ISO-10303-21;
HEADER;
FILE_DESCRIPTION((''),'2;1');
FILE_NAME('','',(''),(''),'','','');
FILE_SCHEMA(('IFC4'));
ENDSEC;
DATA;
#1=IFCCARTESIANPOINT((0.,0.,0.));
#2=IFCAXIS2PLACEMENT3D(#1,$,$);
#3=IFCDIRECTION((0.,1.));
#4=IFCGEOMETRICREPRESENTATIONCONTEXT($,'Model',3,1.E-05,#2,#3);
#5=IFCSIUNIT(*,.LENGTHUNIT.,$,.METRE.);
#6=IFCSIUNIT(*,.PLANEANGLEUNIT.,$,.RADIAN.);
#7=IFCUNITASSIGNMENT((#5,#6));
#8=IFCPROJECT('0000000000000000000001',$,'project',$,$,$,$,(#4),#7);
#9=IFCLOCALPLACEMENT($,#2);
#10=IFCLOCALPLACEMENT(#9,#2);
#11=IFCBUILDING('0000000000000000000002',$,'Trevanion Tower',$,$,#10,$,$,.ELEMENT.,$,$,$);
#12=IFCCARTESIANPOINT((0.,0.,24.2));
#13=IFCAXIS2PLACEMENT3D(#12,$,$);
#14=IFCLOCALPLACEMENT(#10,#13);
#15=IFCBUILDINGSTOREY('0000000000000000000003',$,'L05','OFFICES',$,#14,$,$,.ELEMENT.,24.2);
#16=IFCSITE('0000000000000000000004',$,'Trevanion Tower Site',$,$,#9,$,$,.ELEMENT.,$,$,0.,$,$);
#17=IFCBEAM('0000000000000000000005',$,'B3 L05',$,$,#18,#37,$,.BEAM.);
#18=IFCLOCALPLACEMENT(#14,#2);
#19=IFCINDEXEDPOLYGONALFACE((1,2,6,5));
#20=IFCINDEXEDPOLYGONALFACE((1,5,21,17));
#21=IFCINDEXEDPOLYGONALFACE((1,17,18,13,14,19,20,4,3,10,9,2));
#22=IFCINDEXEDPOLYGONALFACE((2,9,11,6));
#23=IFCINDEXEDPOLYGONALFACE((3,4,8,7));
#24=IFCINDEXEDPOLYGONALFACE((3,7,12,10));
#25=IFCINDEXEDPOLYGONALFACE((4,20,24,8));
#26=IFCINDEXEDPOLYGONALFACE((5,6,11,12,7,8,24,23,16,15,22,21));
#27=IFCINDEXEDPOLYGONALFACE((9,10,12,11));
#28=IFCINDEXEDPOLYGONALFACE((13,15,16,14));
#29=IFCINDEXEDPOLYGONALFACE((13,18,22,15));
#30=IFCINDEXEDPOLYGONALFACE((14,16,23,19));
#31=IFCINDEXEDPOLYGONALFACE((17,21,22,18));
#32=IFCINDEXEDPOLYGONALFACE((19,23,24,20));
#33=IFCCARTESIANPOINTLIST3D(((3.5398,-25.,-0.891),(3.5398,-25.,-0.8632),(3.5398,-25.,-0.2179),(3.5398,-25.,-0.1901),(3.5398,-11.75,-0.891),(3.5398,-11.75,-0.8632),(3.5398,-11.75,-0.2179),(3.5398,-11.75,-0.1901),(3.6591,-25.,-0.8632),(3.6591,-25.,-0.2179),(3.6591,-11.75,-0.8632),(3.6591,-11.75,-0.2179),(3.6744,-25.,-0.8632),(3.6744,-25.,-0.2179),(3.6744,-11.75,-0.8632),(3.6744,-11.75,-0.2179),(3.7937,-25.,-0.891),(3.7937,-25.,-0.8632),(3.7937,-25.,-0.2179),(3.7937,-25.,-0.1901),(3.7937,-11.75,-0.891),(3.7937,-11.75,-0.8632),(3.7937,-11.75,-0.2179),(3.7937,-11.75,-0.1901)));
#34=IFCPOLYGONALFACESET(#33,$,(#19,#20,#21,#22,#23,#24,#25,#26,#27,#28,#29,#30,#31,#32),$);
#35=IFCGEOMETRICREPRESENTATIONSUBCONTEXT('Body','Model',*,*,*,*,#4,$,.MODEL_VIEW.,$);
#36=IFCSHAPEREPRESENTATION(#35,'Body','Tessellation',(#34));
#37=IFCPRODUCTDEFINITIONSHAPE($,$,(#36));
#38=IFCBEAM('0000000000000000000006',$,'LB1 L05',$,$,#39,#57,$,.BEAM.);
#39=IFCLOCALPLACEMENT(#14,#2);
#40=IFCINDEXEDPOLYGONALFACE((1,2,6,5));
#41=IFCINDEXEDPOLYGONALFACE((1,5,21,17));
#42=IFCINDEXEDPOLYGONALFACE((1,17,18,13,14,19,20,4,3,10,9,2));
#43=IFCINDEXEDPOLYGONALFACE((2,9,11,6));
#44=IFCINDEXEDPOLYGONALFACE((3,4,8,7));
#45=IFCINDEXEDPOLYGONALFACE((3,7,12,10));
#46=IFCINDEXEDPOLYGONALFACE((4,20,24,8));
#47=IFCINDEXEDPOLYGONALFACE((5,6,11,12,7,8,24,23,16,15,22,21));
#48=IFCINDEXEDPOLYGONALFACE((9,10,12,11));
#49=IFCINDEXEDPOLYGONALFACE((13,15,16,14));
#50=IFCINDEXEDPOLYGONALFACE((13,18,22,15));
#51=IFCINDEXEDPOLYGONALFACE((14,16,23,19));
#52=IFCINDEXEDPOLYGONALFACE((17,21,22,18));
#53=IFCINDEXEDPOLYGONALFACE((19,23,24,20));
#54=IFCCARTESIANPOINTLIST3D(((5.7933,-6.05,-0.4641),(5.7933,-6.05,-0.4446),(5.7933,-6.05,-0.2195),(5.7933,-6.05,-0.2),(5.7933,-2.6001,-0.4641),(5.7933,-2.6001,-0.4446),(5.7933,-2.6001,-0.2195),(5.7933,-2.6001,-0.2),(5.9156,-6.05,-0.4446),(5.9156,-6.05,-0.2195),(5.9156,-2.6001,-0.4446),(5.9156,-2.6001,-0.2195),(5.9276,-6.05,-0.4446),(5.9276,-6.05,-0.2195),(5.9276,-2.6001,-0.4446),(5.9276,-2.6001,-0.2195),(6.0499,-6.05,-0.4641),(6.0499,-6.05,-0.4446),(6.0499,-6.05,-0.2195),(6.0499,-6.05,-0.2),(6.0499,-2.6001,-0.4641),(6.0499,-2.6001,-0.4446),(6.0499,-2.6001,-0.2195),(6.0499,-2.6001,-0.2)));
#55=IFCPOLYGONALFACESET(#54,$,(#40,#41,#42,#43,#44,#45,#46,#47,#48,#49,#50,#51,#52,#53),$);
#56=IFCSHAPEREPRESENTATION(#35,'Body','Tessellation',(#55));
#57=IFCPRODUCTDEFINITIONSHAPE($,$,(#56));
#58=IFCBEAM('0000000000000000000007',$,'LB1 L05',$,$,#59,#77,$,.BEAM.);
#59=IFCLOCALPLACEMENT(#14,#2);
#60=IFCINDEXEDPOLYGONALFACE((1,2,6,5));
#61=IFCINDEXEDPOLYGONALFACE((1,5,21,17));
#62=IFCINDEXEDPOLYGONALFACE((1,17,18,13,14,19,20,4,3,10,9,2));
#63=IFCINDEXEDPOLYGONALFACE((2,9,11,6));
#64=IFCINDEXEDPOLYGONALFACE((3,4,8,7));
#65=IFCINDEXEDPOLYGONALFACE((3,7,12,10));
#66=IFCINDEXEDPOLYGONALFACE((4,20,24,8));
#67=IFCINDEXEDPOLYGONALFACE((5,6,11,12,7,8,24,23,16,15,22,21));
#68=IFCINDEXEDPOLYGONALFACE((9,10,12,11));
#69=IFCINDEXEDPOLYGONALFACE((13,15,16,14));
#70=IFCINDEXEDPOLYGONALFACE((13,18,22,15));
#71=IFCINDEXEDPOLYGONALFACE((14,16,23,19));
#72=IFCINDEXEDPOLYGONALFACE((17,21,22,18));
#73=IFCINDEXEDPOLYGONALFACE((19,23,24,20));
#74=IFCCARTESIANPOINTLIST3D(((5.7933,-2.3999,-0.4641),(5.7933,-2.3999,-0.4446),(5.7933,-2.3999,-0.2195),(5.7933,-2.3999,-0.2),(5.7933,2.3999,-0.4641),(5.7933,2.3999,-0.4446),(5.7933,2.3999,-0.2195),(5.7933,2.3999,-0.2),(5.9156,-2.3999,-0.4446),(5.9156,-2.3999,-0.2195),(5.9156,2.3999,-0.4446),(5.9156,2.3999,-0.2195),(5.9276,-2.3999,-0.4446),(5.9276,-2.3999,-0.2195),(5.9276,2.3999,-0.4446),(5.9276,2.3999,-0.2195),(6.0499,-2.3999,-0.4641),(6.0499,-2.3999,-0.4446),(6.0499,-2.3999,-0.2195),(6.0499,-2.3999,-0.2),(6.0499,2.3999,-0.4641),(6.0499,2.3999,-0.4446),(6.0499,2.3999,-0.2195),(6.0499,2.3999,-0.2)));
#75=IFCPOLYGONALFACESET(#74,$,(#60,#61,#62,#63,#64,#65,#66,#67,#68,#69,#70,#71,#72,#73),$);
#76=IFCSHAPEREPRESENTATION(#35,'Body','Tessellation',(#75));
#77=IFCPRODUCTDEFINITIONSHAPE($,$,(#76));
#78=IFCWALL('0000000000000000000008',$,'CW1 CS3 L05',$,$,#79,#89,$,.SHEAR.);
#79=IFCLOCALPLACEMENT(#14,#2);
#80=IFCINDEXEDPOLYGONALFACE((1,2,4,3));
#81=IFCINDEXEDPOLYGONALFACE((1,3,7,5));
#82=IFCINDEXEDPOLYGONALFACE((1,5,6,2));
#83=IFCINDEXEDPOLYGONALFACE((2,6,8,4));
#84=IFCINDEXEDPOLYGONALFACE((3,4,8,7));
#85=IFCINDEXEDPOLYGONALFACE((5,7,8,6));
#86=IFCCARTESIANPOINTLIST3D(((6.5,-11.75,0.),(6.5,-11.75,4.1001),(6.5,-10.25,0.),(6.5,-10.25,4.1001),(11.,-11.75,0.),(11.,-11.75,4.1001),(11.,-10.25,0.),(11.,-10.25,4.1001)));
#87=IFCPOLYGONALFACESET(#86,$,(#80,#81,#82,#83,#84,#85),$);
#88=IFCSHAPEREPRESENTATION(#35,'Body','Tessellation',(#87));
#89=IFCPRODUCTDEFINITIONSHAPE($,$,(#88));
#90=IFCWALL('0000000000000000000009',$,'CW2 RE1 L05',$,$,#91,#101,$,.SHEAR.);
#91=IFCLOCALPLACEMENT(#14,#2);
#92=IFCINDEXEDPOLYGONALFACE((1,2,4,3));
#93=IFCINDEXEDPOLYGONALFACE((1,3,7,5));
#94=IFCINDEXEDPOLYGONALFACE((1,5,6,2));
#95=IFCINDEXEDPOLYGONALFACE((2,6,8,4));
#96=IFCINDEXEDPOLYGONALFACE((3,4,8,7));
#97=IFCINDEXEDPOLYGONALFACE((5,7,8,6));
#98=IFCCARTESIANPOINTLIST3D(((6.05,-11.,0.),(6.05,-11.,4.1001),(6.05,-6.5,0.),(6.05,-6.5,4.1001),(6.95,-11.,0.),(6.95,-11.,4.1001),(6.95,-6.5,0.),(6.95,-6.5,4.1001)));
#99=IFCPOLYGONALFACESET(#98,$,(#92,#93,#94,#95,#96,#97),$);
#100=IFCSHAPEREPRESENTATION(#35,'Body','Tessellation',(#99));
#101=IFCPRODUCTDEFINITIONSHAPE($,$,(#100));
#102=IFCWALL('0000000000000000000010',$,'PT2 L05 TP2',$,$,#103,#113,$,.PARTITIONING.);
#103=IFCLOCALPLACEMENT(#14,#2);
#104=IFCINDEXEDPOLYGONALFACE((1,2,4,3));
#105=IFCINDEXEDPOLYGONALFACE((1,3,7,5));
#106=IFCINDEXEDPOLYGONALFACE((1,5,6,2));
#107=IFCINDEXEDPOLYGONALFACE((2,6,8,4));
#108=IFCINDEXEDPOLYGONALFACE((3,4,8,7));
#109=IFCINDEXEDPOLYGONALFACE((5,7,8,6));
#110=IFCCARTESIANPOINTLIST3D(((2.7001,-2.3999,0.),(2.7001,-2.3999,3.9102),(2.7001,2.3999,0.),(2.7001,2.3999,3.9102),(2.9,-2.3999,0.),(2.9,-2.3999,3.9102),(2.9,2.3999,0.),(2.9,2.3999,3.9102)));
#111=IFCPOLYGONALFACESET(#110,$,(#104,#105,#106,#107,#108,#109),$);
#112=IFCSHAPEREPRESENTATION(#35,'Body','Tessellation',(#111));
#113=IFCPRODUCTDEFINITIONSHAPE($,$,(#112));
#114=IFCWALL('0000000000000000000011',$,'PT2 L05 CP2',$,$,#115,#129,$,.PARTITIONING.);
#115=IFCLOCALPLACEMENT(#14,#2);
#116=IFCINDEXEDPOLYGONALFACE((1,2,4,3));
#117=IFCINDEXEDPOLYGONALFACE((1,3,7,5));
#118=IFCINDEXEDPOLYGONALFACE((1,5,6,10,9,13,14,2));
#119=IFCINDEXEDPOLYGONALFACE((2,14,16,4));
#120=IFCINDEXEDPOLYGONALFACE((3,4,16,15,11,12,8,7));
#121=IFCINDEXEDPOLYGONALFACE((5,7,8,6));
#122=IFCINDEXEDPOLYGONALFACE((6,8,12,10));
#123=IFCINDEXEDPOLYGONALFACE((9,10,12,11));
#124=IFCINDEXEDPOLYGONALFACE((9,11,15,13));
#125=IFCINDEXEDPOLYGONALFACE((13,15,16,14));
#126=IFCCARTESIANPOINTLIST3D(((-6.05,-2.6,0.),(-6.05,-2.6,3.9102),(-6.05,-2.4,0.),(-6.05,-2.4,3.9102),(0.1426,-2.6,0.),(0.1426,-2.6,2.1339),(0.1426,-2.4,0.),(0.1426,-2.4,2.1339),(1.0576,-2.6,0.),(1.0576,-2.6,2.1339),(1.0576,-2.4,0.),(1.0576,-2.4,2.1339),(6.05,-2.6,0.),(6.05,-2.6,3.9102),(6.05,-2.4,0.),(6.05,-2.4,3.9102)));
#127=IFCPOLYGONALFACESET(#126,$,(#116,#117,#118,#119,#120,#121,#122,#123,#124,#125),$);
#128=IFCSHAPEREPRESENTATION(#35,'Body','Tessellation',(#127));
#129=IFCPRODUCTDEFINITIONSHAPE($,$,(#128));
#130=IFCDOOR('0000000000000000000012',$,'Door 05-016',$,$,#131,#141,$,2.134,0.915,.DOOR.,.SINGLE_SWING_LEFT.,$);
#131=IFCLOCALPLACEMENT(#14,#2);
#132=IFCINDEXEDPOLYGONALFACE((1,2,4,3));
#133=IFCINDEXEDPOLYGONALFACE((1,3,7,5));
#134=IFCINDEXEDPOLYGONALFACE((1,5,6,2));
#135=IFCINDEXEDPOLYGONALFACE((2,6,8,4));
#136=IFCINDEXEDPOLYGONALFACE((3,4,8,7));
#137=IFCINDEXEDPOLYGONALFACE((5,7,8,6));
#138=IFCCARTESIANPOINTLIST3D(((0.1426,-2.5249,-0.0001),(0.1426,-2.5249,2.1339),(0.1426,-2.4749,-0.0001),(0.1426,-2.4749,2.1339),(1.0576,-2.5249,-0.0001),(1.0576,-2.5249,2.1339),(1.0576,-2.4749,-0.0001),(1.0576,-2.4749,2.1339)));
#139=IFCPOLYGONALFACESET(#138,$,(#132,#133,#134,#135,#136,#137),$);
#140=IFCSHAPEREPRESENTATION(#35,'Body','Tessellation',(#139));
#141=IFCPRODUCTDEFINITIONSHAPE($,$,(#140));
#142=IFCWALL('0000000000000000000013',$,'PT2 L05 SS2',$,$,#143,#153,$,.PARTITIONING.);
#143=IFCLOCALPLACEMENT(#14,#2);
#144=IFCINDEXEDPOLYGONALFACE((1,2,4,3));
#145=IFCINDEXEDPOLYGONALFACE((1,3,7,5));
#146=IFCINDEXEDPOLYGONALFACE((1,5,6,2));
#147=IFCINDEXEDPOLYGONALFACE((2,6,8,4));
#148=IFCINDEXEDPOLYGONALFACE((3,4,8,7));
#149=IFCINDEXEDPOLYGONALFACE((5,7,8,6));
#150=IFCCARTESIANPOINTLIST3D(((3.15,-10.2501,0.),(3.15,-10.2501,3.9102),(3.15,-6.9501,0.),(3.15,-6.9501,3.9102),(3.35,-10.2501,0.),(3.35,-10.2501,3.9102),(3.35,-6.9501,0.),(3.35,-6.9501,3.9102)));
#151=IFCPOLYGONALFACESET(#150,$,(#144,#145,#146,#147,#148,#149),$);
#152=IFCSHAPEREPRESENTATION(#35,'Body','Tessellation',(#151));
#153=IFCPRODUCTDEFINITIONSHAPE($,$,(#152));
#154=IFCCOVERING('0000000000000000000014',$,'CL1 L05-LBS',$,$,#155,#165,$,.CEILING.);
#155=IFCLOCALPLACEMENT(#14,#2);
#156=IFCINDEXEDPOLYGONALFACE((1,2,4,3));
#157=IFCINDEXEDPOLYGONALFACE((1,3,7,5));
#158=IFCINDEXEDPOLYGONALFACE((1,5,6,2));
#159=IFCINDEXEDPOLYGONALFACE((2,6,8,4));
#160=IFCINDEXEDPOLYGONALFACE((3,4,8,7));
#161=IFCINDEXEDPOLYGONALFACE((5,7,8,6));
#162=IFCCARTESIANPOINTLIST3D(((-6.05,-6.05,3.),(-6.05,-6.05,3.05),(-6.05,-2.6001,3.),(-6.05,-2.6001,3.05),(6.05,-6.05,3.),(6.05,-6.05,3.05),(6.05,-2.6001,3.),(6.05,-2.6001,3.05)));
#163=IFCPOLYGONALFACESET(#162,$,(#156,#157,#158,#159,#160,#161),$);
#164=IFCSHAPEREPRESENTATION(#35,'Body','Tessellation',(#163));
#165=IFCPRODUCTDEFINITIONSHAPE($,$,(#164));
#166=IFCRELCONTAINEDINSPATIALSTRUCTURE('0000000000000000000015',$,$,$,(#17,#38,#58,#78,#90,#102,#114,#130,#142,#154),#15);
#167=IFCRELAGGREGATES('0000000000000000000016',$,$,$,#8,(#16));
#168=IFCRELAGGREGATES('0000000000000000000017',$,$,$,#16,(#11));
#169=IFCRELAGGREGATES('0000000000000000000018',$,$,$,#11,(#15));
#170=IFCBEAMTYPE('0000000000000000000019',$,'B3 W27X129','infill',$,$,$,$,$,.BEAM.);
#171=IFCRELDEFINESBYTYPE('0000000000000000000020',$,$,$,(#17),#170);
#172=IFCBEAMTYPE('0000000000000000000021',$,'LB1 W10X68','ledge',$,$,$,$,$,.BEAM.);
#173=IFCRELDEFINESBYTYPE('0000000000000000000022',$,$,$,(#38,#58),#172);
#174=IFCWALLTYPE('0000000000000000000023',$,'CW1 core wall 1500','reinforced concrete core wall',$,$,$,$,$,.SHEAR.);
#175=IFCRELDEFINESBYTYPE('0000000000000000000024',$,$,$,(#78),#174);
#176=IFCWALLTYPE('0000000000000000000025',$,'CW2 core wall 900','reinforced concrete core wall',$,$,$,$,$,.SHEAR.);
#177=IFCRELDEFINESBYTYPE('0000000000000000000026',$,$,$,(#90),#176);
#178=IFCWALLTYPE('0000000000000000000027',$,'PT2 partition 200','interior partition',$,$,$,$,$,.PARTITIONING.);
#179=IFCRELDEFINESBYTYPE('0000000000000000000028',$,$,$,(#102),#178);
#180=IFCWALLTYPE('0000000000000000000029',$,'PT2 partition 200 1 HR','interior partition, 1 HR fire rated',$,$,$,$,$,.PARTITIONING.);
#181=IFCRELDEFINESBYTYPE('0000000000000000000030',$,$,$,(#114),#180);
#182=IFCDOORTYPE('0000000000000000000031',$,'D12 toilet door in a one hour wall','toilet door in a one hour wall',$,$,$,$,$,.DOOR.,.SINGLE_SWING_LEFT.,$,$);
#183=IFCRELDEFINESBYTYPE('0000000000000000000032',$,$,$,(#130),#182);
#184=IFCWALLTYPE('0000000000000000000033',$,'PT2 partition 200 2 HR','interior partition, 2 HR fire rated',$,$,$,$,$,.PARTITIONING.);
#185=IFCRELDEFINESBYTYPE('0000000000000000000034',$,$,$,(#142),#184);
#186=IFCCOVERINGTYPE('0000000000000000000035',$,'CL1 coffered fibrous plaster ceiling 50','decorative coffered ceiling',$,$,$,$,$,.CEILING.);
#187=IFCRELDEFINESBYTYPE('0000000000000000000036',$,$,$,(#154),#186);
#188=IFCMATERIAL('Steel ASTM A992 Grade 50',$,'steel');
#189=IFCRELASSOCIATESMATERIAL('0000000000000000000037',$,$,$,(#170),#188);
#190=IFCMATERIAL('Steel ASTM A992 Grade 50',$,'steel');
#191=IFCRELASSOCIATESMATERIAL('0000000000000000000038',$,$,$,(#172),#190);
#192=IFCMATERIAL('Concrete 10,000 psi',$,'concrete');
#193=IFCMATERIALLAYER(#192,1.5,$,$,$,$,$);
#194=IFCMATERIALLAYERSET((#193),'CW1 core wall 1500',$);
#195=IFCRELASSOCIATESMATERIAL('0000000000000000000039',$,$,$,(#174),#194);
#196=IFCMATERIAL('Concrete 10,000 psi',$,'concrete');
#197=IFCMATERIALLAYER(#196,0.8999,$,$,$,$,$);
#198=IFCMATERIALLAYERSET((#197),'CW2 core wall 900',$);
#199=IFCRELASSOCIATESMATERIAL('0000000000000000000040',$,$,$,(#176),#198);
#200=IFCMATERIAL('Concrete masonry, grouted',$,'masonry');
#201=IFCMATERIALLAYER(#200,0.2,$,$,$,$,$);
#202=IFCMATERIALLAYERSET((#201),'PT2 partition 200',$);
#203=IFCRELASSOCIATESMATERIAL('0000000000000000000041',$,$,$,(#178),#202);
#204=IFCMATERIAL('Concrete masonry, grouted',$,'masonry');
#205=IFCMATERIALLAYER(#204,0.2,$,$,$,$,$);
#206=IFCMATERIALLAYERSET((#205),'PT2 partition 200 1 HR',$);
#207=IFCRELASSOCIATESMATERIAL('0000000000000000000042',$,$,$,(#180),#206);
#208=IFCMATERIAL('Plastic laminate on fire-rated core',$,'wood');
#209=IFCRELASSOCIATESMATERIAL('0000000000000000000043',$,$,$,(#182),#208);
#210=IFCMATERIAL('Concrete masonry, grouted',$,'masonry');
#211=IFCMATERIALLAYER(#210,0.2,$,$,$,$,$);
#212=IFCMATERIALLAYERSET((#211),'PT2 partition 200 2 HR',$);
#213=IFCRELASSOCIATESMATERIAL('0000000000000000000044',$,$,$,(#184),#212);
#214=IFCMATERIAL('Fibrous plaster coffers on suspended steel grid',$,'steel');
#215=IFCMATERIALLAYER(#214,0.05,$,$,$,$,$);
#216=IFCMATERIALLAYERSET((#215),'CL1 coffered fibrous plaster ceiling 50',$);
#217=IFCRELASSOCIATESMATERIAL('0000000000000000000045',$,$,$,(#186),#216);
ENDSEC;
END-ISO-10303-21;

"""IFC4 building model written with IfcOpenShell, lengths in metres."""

from ifc_helpers import new_model, si_unit, direction, frame, frame_2d, origin, origin_2d, place, context, subcontext, project, spatial, polyline, rectangle, i_section, outline, extrude, material, layer, layer_set, material_profile, profile_set, type_object, element, fill, save


model = new_model("IFC4")

# Units and contexts
model_context = context("Model", 3, precision=1e-05, world=origin(), true_north=direction((0.0, 1.0)))
body_context = subcontext(model_context, "Body", "Model", "MODEL_VIEW")
ifc_project = project(units=[si_unit("LENGTHUNIT", "METRE"), si_unit("PLANEANGLEUNIT", "RADIAN")], contexts=[model_context])

# Site, building, storey
site_placement = place(None, origin())
site = spatial("IfcSite", under=ifc_project, at=site_placement, Name="Trevanion Tower Site", CompositionType="ELEMENT", RefElevation=0.0)
building_placement = place(site_placement, origin())
building = spatial("IfcBuilding", under=site, at=building_placement, Name="Trevanion Tower", CompositionType="ELEMENT")
storey_placement = place(building_placement, frame((0.0, 0.0, 24.2)))
storey = spatial("IfcBuildingStorey", under=building, at=storey_placement, Name="L05", Description="OFFICES", CompositionType="ELEMENT", Elevation=24.2)

# Beams
ifc_material_1 = material(Name="Steel ASTM A992 Grade 50", Category="steel")
ifc_material_profile_1 = material_profile(ifc_material_1, i_section(OverallWidth=0.2539, OverallDepth=0.7009, WebThickness=0.0154, FlangeThickness=0.0278, at=origin_2d()), Name="W27X129")
ifc_profile_set_1 = profile_set([ifc_material_profile_1], Name="Steel ASTM A992 Grade 50")
beam_type_1 = type_object("IfcBeamType", Name="B3 W27X129", Description="infill", PredefinedType="BEAM", material=ifc_profile_set_1)
beam_1_placement = place(storey_placement, frame((3.6667, -11.75, -0.5405), z_axis=(0.0, -1.0, 0.0), x_axis=(1.0, 0.0, 0.0)))
element("IfcBeam", 1, at=beam_1_placement, inside=storey, type_object=beam_type_1, Name="B3 L05", PredefinedType="BEAM", context=body_context, shape_type="SweptSolid", body=[
    extrude(i_section(OverallWidth=0.2539, OverallDepth=0.7009, WebThickness=0.0154, FlangeThickness=0.0278, at=origin_2d()), origin(), (0.0, 0.0, 1.0), 13.25),
])
ifc_material_2 = material(Name="Steel ASTM A992 Grade 50", Category="steel")
ifc_material_profile_2 = material_profile(ifc_material_2, i_section(OverallWidth=0.2566, OverallDepth=0.2642, WebThickness=0.012, FlangeThickness=0.0195, at=origin_2d()), Name="W10X68")
ifc_profile_set_2 = profile_set([ifc_material_profile_2], Name="Steel ASTM A992 Grade 50")
beam_type_2 = type_object("IfcBeamType", Name="LB1 W10X68", Description="ledge", PredefinedType="BEAM", material=ifc_profile_set_2)
beam_2_placement = place(storey_placement, frame((5.9216, -6.05, -0.332), z_axis=(0.0, 1.0, 0.0), x_axis=(-1.0, 0.0, 0.0)))
element("IfcBeam", 2, at=beam_2_placement, inside=storey, type_object=beam_type_2, Name="LB1 L05", PredefinedType="BEAM", context=body_context, shape_type="SweptSolid", body=[
    extrude(i_section(OverallWidth=0.2566, OverallDepth=0.2642, WebThickness=0.012, FlangeThickness=0.0195, at=origin_2d()), origin(), (0.0, 0.0, 1.0), 3.45),
])
beam_3_placement = place(storey_placement, frame((5.9216, -2.3999, -0.332), z_axis=(0.0, 1.0, 0.0), x_axis=(-1.0, 0.0, 0.0)))
element("IfcBeam", 3, at=beam_3_placement, inside=storey, type_object=beam_type_2, Name="LB1 L05", PredefinedType="BEAM", context=body_context, shape_type="SweptSolid", body=[
    extrude(i_section(OverallWidth=0.2566, OverallDepth=0.2642, WebThickness=0.012, FlangeThickness=0.0195, at=origin_2d()), origin(), (0.0, 0.0, 1.0), 4.7998),
])

# Walls
ifc_material_3 = material(Name="Concrete 10,000 psi", Category="concrete")
ifc_layer_1 = layer(ifc_material_3, 1.5)
ifc_layer_set_1 = layer_set([ifc_layer_1], Name="CW1 core wall 1500")
wall_type_1 = type_object("IfcWallType", Name="CW1 core wall 1500", Description="reinforced concrete core wall", PredefinedType="SHEAR", material=ifc_layer_set_1)
wall_1_placement = place(storey_placement, frame((6.5, -11.0, 0.0), z_axis=(0.0, 0.0, 1.0), x_axis=(1.0, 0.0, 0.0)))
element("IfcWall", 4, at=wall_1_placement, inside=storey, type_object=wall_type_1, Name="CW1 CS3 L05", PredefinedType="SHEAR", context=body_context, shape_type="SweptSolid", body=[
    extrude(rectangle(XDim=4.5, YDim=1.5, at=frame_2d((2.25, 0.0))), origin(), (0.0, 0.0, 1.0), 4.1001),
])
ifc_material_4 = material(Name="Concrete 10,000 psi", Category="concrete")
ifc_layer_2 = layer(ifc_material_4, 0.8999)
ifc_layer_set_2 = layer_set([ifc_layer_2], Name="CW2 core wall 900")
wall_type_2 = type_object("IfcWallType", Name="CW2 core wall 900", Description="reinforced concrete core wall", PredefinedType="SHEAR", material=ifc_layer_set_2)
wall_2_placement = place(storey_placement, frame((6.5, -11.0, 0.0), z_axis=(0.0, 0.0, 1.0), x_axis=(0.0, 1.0, 0.0)))
element("IfcWall", 5, at=wall_2_placement, inside=storey, type_object=wall_type_2, Name="CW2 RE1 L05", PredefinedType="SHEAR", context=body_context, shape_type="SweptSolid", body=[
    extrude(rectangle(XDim=4.5, YDim=0.8999, at=frame_2d((2.25, 0.0))), origin(), (0.0, 0.0, 1.0), 4.1001),
])
ifc_material_5 = material(Name="Concrete masonry, grouted", Category="masonry")
ifc_layer_3 = layer(ifc_material_5, 0.2)
ifc_layer_set_3 = layer_set([ifc_layer_3], Name="PT2 partition 200")
wall_type_3 = type_object("IfcWallType", Name="PT2 partition 200", Description="interior partition", PredefinedType="PARTITIONING", material=ifc_layer_set_3)
wall_3_placement = place(storey_placement, frame((2.8, -2.3999, 0.0), z_axis=(0.0, 0.0, 1.0), x_axis=(0.0, 1.0, 0.0)))
element("IfcWall", 6, at=wall_3_placement, inside=storey, type_object=wall_type_3, Name="PT2 L05 TP2", PredefinedType="PARTITIONING", context=body_context, shape_type="SweptSolid", body=[
    extrude(rectangle(XDim=4.7998, YDim=0.2, at=frame_2d((2.3999, 0.0))), origin(), (0.0, 0.0, 1.0), 3.9102),
])

# Wall, opening, door
ifc_material_6 = material(Name="Concrete masonry, grouted", Category="masonry")
ifc_layer_4 = layer(ifc_material_6, 0.2)
ifc_layer_set_4 = layer_set([ifc_layer_4], Name="PT2 partition 200 1 HR")
wall_type_4 = type_object("IfcWallType", Name="PT2 partition 200 1 HR", Description="interior partition, 1 HR fire rated", PredefinedType="PARTITIONING", material=ifc_layer_set_4)
wall_4_placement = place(storey_placement, frame((6.05, -2.5, 0.0), z_axis=(0.0, 0.0, 1.0), x_axis=(-1.0, 0.0, 0.0)))
wall_4 = element("IfcWall", 7, at=wall_4_placement, inside=storey, type_object=wall_type_4, Name="PT2 L05 CP2", PredefinedType="PARTITIONING", context=body_context, shape_type="SweptSolid", body=[
    extrude(rectangle(XDim=12.1001, YDim=0.2, at=frame_2d((6.05, 0.0))), origin(), (0.0, 0.0, 1.0), 3.9102),
])
opening_placement = place(wall_4_placement, frame((4.9924, 0.0, 0.0)))
opening = element("IfcOpeningElement", 8, at=opening_placement, cuts=wall_4, PredefinedType="OPENING", context=body_context, shape_type="SweptSolid", body=[
    extrude(rectangle(XDim=0.915, YDim=2.134, at=frame_2d((0.4575, 1.0669))), frame((0.0, 0.1099, 0.0), z_axis=(0.0, -1.0, 0.0), x_axis=(1.0, 0.0, 0.0)), (0.0, 0.0, 1.0), 0.22),
])
ifc_material_7 = material(Name="Plastic laminate on fire-rated core", Category="wood")
door_type = type_object("IfcDoorType", Name="D12 toilet door in a one hour wall", Description="toilet door in a one hour wall", OperationType="SINGLE_SWING_LEFT", PredefinedType="DOOR", material=ifc_material_7)
door_placement = place(opening_placement, origin())
door = element("IfcDoor", 9, at=door_placement, inside=storey, type_object=door_type, Name="Door 05-016", OperationType="SINGLE_SWING_LEFT", OverallHeight=2.134, OverallWidth=0.915, PredefinedType="DOOR", context=body_context, shape_type="SweptSolid", body=[
    extrude(rectangle(XDim=0.915, YDim=2.134, at=frame_2d((0.4575, 1.0669))), frame((0.0, 0.0249, 0.0), z_axis=(0.0, -1.0, 0.0), x_axis=(1.0, 0.0, 0.0)), (0.0, 0.0, 1.0), 0.05),
])
fill(opening, door)

# Wall
ifc_material_8 = material(Name="Concrete masonry, grouted", Category="masonry")
ifc_layer_5 = layer(ifc_material_8, 0.2)
ifc_layer_set_5 = layer_set([ifc_layer_5], Name="PT2 partition 200 2 HR")
wall_type_5 = type_object("IfcWallType", Name="PT2 partition 200 2 HR", Description="interior partition, 2 HR fire rated", PredefinedType="PARTITIONING", material=ifc_layer_set_5)
wall_5_placement = place(storey_placement, frame((3.25, -10.25, 0.0), z_axis=(0.0, 0.0, 1.0), x_axis=(0.0, 1.0, 0.0)))
element("IfcWall", 10, at=wall_5_placement, inside=storey, type_object=wall_type_5, Name="PT2 L05 SS2", PredefinedType="PARTITIONING", context=body_context, shape_type="SweptSolid", body=[
    extrude(rectangle(XDim=3.3, YDim=0.2, at=frame_2d((1.6499, 0.0))), origin(), (0.0, 0.0, 1.0), 3.9102),
])

# Covering
ifc_material_9 = material(Name="Fibrous plaster coffers on suspended steel grid", Category="steel")
ifc_layer_6 = layer(ifc_material_9, 0.05)
ifc_layer_set_6 = layer_set([ifc_layer_6], Name="CL1 coffered fibrous plaster ceiling 50")
covering_type_1 = type_object("IfcCoveringType", Name="CL1 coffered fibrous plaster ceiling 50", Description="decorative coffered ceiling", PredefinedType="CEILING", material=ifc_layer_set_6)
covering_1_placement = place(storey_placement, frame((0.0, 0.0, 3.0)))
element("IfcCovering", 11, at=covering_1_placement, inside=storey, type_object=covering_type_1, Name="CL1 L05-LBS", PredefinedType="CEILING", context=body_context, shape_type="SweptSolid", body=[
    extrude(outline(polyline([(6.05, -6.05), (6.05, -2.6001), (-6.05, -2.6001), (-6.05, -6.05), (6.05, -6.05)])), origin(), (0.0, 0.0, 1.0), 0.05),
])

save(model, "model.ifc")
